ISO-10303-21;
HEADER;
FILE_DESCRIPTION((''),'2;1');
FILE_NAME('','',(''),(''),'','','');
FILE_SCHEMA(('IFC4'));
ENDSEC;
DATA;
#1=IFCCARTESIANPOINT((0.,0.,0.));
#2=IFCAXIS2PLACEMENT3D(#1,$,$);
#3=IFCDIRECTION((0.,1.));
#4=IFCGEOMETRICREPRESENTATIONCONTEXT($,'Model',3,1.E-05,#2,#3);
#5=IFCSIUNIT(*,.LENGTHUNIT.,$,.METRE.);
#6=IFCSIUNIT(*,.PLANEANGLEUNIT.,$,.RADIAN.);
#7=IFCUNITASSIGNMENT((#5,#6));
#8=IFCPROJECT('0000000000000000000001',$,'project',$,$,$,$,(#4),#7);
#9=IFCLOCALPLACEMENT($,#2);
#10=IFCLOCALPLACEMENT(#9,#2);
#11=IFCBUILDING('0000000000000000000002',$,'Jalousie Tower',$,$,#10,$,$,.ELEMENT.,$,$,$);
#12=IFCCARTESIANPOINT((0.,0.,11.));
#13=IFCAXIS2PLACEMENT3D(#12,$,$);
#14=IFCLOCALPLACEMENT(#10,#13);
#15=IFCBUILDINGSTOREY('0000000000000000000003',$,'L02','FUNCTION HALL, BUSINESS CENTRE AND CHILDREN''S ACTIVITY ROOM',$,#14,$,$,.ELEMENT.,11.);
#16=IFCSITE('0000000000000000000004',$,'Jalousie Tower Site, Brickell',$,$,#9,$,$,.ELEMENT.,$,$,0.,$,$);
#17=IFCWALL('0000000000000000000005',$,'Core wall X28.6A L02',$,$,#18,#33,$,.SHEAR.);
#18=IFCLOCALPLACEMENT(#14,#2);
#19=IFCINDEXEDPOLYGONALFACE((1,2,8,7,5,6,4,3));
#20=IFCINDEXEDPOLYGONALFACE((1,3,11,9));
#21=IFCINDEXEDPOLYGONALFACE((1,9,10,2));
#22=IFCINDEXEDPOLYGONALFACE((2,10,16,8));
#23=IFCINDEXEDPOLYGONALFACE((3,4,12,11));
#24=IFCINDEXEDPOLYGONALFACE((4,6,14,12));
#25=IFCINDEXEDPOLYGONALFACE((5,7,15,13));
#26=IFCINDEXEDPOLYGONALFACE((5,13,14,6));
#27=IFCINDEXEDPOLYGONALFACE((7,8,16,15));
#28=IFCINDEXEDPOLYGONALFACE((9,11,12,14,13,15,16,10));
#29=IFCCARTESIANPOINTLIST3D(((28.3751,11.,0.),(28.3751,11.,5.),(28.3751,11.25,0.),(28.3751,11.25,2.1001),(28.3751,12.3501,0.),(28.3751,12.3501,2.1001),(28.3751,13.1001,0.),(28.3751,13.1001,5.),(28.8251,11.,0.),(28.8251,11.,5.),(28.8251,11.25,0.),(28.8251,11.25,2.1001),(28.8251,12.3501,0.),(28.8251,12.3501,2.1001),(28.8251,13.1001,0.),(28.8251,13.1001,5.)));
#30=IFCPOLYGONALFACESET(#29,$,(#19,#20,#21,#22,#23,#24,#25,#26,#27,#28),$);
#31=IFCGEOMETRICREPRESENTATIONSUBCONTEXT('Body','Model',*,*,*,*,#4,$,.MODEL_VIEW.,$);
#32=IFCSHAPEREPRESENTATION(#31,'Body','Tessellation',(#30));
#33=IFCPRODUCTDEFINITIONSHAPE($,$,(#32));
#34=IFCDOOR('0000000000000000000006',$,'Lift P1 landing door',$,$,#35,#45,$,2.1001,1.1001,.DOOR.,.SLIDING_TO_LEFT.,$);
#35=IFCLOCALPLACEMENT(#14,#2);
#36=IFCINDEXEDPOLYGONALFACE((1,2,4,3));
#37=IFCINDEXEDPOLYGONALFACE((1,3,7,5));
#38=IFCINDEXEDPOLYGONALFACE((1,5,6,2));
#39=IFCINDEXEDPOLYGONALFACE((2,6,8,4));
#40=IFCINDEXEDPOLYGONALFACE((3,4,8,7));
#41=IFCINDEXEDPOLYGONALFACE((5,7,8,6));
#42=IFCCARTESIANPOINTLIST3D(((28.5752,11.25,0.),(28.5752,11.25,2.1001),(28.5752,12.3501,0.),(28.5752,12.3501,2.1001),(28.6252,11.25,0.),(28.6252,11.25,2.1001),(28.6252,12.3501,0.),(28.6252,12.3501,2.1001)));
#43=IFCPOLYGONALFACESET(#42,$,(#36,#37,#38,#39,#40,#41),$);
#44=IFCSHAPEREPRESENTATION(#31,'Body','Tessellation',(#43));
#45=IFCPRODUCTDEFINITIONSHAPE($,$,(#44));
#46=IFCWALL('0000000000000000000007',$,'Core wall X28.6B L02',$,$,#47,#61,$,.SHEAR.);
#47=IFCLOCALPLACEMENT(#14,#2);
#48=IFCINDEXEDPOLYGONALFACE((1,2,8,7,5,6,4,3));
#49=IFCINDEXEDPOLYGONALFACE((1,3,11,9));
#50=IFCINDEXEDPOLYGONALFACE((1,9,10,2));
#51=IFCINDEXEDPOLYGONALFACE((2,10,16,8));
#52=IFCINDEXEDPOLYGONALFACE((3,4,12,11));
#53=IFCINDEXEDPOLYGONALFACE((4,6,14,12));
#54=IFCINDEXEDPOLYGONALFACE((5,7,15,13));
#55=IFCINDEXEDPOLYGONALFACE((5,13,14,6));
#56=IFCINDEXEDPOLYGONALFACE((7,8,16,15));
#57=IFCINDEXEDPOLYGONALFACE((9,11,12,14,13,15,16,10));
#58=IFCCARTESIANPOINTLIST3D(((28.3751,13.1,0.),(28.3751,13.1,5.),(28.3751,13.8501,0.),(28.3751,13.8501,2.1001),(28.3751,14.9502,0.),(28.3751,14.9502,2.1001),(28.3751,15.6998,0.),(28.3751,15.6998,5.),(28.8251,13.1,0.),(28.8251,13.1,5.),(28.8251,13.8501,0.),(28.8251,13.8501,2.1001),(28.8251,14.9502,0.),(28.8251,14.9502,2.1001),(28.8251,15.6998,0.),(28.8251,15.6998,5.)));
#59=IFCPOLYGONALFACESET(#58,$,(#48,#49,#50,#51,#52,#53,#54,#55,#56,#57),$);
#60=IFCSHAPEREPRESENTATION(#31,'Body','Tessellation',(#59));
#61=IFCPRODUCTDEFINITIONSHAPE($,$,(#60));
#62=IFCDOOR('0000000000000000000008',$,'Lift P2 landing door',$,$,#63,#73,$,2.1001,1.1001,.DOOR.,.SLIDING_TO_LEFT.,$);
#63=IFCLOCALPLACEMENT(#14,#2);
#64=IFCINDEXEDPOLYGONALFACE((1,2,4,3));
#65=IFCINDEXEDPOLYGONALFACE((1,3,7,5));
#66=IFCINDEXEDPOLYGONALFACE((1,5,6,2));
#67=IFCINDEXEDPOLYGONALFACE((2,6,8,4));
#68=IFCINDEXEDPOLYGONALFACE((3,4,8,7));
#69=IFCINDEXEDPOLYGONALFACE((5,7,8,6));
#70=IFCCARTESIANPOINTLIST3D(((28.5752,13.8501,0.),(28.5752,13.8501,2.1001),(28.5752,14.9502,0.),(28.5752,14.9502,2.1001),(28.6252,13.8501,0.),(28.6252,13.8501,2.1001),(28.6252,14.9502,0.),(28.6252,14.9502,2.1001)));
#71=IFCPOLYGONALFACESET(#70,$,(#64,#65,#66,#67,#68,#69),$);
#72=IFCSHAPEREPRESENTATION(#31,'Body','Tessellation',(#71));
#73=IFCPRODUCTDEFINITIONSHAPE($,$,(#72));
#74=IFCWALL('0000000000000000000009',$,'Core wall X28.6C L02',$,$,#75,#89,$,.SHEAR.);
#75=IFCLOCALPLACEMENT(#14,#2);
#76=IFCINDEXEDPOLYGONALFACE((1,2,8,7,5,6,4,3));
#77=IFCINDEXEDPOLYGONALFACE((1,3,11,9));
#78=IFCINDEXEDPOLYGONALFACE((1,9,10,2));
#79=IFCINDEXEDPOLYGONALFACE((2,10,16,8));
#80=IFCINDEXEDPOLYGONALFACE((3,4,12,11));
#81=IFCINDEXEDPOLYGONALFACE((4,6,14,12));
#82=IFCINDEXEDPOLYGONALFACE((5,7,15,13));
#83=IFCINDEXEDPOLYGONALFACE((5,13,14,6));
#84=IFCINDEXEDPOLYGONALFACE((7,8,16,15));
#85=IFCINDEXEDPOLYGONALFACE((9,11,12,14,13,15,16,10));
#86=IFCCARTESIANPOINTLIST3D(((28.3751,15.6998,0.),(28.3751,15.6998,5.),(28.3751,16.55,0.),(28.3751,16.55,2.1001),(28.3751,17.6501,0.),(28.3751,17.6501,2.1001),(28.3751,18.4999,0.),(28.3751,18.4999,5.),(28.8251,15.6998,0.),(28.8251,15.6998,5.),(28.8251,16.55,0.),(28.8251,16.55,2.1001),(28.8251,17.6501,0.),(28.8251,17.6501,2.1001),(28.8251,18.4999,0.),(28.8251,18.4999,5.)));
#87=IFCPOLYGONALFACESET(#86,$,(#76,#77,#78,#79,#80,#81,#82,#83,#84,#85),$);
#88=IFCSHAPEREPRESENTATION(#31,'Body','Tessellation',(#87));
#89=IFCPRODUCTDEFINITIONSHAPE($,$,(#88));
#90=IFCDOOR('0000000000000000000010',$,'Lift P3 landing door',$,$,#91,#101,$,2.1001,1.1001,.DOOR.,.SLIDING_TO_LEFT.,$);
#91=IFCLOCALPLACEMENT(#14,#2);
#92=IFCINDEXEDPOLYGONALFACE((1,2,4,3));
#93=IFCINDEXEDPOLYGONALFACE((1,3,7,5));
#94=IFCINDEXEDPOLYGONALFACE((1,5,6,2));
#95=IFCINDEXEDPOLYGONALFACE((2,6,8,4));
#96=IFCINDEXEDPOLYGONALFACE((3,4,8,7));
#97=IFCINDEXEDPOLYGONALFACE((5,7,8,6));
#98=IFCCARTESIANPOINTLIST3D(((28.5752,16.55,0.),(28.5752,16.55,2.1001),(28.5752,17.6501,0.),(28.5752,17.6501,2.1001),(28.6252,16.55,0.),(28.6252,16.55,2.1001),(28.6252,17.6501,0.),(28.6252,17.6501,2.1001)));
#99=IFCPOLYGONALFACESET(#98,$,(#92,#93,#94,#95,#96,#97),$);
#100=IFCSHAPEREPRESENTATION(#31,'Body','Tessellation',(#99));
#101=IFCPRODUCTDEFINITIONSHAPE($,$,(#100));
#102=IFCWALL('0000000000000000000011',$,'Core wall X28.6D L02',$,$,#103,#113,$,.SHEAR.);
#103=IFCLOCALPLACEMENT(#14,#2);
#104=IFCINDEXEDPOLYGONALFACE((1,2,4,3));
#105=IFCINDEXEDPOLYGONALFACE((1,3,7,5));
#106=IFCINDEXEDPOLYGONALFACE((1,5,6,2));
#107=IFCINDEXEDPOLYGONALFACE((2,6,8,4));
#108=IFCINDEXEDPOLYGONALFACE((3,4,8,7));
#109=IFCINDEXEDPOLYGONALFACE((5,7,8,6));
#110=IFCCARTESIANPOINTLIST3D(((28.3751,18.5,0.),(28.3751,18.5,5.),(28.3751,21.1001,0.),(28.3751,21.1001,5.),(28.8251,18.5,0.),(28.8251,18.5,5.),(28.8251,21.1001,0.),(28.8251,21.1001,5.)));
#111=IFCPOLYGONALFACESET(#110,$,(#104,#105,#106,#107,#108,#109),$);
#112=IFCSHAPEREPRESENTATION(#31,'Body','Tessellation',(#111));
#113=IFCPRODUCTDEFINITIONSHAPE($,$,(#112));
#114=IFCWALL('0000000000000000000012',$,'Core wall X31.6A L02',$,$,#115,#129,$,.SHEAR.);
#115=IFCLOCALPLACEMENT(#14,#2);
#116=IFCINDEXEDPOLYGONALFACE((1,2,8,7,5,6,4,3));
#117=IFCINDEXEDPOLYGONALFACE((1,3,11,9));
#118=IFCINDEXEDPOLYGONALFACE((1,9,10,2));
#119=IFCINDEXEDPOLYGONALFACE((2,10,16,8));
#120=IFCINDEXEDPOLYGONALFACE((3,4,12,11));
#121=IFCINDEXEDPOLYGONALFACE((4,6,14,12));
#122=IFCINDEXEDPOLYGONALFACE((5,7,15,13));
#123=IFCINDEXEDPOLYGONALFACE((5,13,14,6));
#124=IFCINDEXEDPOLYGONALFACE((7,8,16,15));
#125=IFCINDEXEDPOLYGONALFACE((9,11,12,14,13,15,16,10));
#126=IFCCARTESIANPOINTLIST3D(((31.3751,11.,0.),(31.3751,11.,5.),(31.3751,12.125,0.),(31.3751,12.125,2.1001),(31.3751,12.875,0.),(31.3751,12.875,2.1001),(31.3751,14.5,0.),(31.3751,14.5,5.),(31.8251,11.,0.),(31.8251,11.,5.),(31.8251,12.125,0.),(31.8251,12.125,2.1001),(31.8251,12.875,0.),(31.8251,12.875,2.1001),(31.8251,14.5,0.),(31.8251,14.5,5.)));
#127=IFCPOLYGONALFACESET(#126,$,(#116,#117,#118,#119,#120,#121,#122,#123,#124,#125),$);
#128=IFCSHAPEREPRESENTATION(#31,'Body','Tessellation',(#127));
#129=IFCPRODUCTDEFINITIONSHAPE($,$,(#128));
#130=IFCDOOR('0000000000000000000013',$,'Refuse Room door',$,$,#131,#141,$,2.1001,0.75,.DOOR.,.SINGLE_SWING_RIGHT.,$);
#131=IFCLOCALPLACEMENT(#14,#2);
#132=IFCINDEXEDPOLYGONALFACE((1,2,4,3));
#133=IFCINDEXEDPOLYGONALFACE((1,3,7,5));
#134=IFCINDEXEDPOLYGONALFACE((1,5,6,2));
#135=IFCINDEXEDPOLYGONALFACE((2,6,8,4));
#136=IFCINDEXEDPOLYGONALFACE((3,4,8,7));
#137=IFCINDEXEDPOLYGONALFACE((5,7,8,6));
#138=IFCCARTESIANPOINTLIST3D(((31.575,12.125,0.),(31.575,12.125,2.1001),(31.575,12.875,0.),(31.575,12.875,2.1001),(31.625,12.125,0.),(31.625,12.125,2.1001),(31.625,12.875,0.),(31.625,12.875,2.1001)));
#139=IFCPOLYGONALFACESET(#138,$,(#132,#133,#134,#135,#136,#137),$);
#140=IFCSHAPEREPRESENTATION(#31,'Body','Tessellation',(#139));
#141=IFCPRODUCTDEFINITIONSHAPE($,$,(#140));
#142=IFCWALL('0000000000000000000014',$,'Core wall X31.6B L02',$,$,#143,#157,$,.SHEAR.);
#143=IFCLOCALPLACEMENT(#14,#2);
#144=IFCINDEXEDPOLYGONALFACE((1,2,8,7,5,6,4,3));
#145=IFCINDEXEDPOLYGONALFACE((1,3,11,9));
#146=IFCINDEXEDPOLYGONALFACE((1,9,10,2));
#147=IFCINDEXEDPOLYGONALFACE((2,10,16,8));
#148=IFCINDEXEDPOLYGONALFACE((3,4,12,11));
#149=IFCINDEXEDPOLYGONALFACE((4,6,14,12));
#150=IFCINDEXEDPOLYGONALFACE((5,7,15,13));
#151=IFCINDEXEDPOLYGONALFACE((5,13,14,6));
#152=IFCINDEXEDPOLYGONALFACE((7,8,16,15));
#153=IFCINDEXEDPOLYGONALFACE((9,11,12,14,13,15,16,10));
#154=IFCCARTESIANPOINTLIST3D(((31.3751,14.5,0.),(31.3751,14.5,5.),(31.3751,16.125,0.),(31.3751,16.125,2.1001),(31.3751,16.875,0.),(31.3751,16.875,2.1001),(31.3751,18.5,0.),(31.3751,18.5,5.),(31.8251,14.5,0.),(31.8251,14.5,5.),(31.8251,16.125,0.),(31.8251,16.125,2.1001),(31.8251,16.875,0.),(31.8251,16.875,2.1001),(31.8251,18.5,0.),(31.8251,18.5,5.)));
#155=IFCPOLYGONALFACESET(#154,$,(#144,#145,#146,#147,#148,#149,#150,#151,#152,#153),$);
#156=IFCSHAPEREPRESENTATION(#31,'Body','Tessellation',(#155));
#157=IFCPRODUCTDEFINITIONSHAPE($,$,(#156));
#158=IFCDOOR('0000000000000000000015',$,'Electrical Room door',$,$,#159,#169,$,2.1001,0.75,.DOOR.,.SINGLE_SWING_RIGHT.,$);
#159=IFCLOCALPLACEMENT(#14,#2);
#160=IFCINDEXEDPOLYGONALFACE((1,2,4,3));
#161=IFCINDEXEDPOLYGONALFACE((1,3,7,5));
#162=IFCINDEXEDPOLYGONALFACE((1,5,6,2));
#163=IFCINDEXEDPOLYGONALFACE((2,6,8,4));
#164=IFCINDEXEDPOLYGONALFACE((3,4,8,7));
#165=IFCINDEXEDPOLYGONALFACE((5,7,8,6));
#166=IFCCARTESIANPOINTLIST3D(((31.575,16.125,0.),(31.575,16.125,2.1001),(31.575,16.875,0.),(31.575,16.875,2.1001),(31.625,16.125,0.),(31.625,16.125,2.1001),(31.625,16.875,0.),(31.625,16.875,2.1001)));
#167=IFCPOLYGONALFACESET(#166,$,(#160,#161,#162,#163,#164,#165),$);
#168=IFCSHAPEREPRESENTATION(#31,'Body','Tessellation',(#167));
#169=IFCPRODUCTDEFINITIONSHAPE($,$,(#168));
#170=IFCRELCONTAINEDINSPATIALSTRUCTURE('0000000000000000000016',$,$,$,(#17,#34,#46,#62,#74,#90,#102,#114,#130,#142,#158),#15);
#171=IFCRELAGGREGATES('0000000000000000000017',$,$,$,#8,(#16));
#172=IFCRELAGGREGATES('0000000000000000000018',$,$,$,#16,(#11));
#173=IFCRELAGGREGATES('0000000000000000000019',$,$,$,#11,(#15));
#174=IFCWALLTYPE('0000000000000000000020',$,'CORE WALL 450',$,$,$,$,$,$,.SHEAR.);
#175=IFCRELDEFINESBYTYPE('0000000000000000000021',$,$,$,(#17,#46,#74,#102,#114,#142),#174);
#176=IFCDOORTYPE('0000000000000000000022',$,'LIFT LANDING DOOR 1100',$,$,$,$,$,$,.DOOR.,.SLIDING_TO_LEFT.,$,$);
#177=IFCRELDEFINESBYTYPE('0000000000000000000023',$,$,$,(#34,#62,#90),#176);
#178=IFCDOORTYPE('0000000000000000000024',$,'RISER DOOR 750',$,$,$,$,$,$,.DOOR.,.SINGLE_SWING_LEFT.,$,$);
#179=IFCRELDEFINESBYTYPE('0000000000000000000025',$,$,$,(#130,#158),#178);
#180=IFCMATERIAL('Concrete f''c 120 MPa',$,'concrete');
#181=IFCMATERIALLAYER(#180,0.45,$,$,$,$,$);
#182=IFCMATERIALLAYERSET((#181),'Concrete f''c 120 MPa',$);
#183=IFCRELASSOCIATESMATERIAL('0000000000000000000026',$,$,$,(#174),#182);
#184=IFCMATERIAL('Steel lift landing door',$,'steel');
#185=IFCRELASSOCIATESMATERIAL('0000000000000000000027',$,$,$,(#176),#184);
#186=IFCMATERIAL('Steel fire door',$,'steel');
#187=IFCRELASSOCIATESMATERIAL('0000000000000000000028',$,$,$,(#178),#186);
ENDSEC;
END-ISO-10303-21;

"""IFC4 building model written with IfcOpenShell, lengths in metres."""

from ifc_helpers import new_model, si_unit, direction, frame, frame_2d, origin, place, context, subcontext, project, spatial, rectangle, extrude, material, layer, layer_set, type_object, element, fill, save


model = new_model("IFC4")

# Units and contexts
model_context = context("Model", 3, precision=1e-05, world=origin(), true_north=direction((0.0, 1.0)))
body_context = subcontext(model_context, "Body", "Model", "MODEL_VIEW")
ifc_project = project(units=[si_unit("LENGTHUNIT", "METRE"), si_unit("PLANEANGLEUNIT", "RADIAN")], contexts=[model_context])

# Site, building, storey
site_placement = place(None, origin())
site = spatial("IfcSite", under=ifc_project, at=site_placement, Name="Jalousie Tower Site, Brickell", CompositionType="ELEMENT", RefElevation=0.0)
building_placement = place(site_placement, origin())
building = spatial("IfcBuilding", under=site, at=building_placement, Name="Jalousie Tower", CompositionType="ELEMENT")
storey_placement = place(building_placement, frame((0.0, 0.0, 11.0)))
storey = spatial("IfcBuildingStorey", under=building, at=storey_placement, Name="L02", Description="FUNCTION HALL, BUSINESS CENTRE AND CHILDREN'S ACTIVITY ROOM", CompositionType="ELEMENT", Elevation=11.0)

# Walls, openings, doors
ifc_material_1 = material(Name="Concrete f'c 120 MPa", Category="concrete")
ifc_layer = layer(ifc_material_1, 0.45)
ifc_layer_set = layer_set([ifc_layer], Name="Concrete f'c 120 MPa")
wall_type = type_object("IfcWallType", Name="CORE WALL 450", PredefinedType="SHEAR", material=ifc_layer_set)
wall_1_placement = place(storey_placement, frame((28.6001, 11.0, 0.0), z_axis=(0.0, 0.0, 1.0), x_axis=(0.0, 1.0, 0.0)))
wall_1 = element("IfcWall", 1, at=wall_1_placement, inside=storey, type_object=wall_type, Name="Core wall X28.6A L02", PredefinedType="SHEAR", context=body_context, shape_type="SweptSolid", body=[
    extrude(rectangle(XDim=2.1001, YDim=0.45, at=frame_2d((1.05, 0.0))), origin(), (0.0, 0.0, 1.0), 5.0),
])
opening_1_placement = place(wall_1_placement, frame((0.25, 0.0, 0.0)))
opening_1 = element("IfcOpeningElement", 2, at=opening_1_placement, cuts=wall_1, PredefinedType="OPENING", context=body_context, shape_type="SweptSolid", body=[
    extrude(rectangle(XDim=1.1001, YDim=2.1001, at=frame_2d((0.55, 1.05))), frame((0.0, 0.2349, 0.0), z_axis=(0.0, -1.0, 0.0), x_axis=(1.0, 0.0, 0.0)), (0.0, 0.0, 1.0), 0.47),
])
ifc_material_2 = material(Name="Steel lift landing door", Category="steel")
door_type_1 = type_object("IfcDoorType", Name="LIFT LANDING DOOR 1100", OperationType="SLIDING_TO_LEFT", PredefinedType="DOOR", material=ifc_material_2)
door_1_placement = place(opening_1_placement, origin())
door_1 = element("IfcDoor", 3, at=door_1_placement, inside=storey, type_object=door_type_1, Name="Lift P1 landing door", OperationType="SLIDING_TO_LEFT", OverallHeight=2.1001, OverallWidth=1.1001, PredefinedType="DOOR", context=body_context, shape_type="SweptSolid", body=[
    extrude(rectangle(XDim=1.1001, YDim=2.1001, at=frame_2d((0.55, 1.05))), frame((0.0, 0.0249, 0.0), z_axis=(0.0, -1.0, 0.0), x_axis=(1.0, 0.0, 0.0)), (0.0, 0.0, 1.0), 0.05),
])
fill(opening_1, door_1)
wall_2_placement = place(storey_placement, frame((28.6001, 13.1001, 0.0), z_axis=(0.0, 0.0, 1.0), x_axis=(0.0, 1.0, 0.0)))
wall_2 = element("IfcWall", 4, at=wall_2_placement, inside=storey, type_object=wall_type, Name="Core wall X28.6B L02", PredefinedType="SHEAR", context=body_context, shape_type="SweptSolid", body=[
    extrude(rectangle(XDim=2.5999, YDim=0.45, at=frame_2d((1.2998, 0.0))), origin(), (0.0, 0.0, 1.0), 5.0),
])
opening_2_placement = place(wall_2_placement, frame((0.75, 0.0, 0.0)))
opening_2 = element("IfcOpeningElement", 5, at=opening_2_placement, cuts=wall_2, PredefinedType="OPENING", context=body_context, shape_type="SweptSolid", body=[
    extrude(rectangle(XDim=1.1001, YDim=2.1001, at=frame_2d((0.55, 1.05))), frame((0.0, 0.2349, 0.0), z_axis=(0.0, -1.0, 0.0), x_axis=(1.0, 0.0, 0.0)), (0.0, 0.0, 1.0), 0.47),
])
door_2_placement = place(opening_2_placement, origin())
door_2 = element("IfcDoor", 6, at=door_2_placement, inside=storey, type_object=door_type_1, Name="Lift P2 landing door", OperationType="SLIDING_TO_LEFT", OverallHeight=2.1001, OverallWidth=1.1001, PredefinedType="DOOR", context=body_context, shape_type="SweptSolid", body=[
    extrude(rectangle(XDim=1.1001, YDim=2.1001, at=frame_2d((0.55, 1.05))), frame((0.0, 0.0249, 0.0), z_axis=(0.0, -1.0, 0.0), x_axis=(1.0, 0.0, 0.0)), (0.0, 0.0, 1.0), 0.05),
])
fill(opening_2, door_2)
wall_3_placement = place(storey_placement, frame((28.6001, 15.7, 0.0), z_axis=(0.0, 0.0, 1.0), x_axis=(0.0, 1.0, 0.0)))
wall_3 = element("IfcWall", 7, at=wall_3_placement, inside=storey, type_object=wall_type, Name="Core wall X28.6C L02", PredefinedType="SHEAR", context=body_context, shape_type="SweptSolid", body=[
    extrude(rectangle(XDim=2.8, YDim=0.45, at=frame_2d((1.3999, 0.0))), origin(), (0.0, 0.0, 1.0), 5.0),
])
opening_3_placement = place(wall_3_placement, frame((0.8501, 0.0, 0.0)))
opening_3 = element("IfcOpeningElement", 8, at=opening_3_placement, cuts=wall_3, PredefinedType="OPENING", context=body_context, shape_type="SweptSolid", body=[
    extrude(rectangle(XDim=1.1001, YDim=2.1001, at=frame_2d((0.55, 1.05))), frame((0.0, 0.2349, 0.0), z_axis=(0.0, -1.0, 0.0), x_axis=(1.0, 0.0, 0.0)), (0.0, 0.0, 1.0), 0.47),
])
door_3_placement = place(opening_3_placement, origin())
door_3 = element("IfcDoor", 9, at=door_3_placement, inside=storey, type_object=door_type_1, Name="Lift P3 landing door", OperationType="SLIDING_TO_LEFT", OverallHeight=2.1001, OverallWidth=1.1001, PredefinedType="DOOR", context=body_context, shape_type="SweptSolid", body=[
    extrude(rectangle(XDim=1.1001, YDim=2.1001, at=frame_2d((0.55, 1.05))), frame((0.0, 0.0249, 0.0), z_axis=(0.0, -1.0, 0.0), x_axis=(1.0, 0.0, 0.0)), (0.0, 0.0, 1.0), 0.05),
])
fill(opening_3, door_3)

# Wall
wall_4_placement = place(storey_placement, frame((28.6001, 18.5, 0.0), z_axis=(0.0, 0.0, 1.0), x_axis=(0.0, 1.0, 0.0)))
element("IfcWall", 10, at=wall_4_placement, inside=storey, type_object=wall_type, Name="Core wall X28.6D L02", PredefinedType="SHEAR", context=body_context, shape_type="SweptSolid", body=[
    extrude(rectangle(XDim=2.6001, YDim=0.45, at=frame_2d((1.3, 0.0))), origin(), (0.0, 0.0, 1.0), 5.0),
])

# Walls, openings, doors
wall_5_placement = place(storey_placement, frame((31.6001, 11.0, 0.0), z_axis=(0.0, 0.0, 1.0), x_axis=(0.0, 1.0, 0.0)))
wall_5 = element("IfcWall", 11, at=wall_5_placement, inside=storey, type_object=wall_type, Name="Core wall X31.6A L02", PredefinedType="SHEAR", context=body_context, shape_type="SweptSolid", body=[
    extrude(rectangle(XDim=3.5, YDim=0.45, at=frame_2d((1.75, 0.0))), origin(), (0.0, 0.0, 1.0), 5.0),
])
opening_4_placement = place(wall_5_placement, frame((1.125, 0.0, 0.0)))
opening_4 = element("IfcOpeningElement", 12, at=opening_4_placement, cuts=wall_5, PredefinedType="OPENING", context=body_context, shape_type="SweptSolid", body=[
    extrude(rectangle(XDim=0.75, YDim=2.1001, at=frame_2d((0.375, 1.05))), frame((0.0, 0.2349, 0.0), z_axis=(0.0, -1.0, 0.0), x_axis=(1.0, 0.0, 0.0)), (0.0, 0.0, 1.0), 0.47),
])
ifc_material_3 = material(Name="Steel fire door", Category="steel")
door_type_2 = type_object("IfcDoorType", Name="RISER DOOR 750", OperationType="SINGLE_SWING_LEFT", PredefinedType="DOOR", material=ifc_material_3)
door_4_placement = place(opening_4_placement, frame((0.75, 0.0, 0.0), z_axis=(0.0, 0.0, 1.0), x_axis=(-1.0, 0.0, 0.0)))
door_4 = element("IfcDoor", 13, at=door_4_placement, inside=storey, type_object=door_type_2, Name="Refuse Room door", OperationType="SINGLE_SWING_RIGHT", OverallHeight=2.1001, OverallWidth=0.75, PredefinedType="DOOR", context=body_context, shape_type="SweptSolid", body=[
    extrude(rectangle(XDim=0.75, YDim=2.1001, at=frame_2d((0.375, 1.05))), frame((0.0, 0.0249, 0.0), z_axis=(0.0, -1.0, 0.0), x_axis=(1.0, 0.0, 0.0)), (0.0, 0.0, 1.0), 0.05),
])
fill(opening_4, door_4)
wall_6_placement = place(storey_placement, frame((31.6001, 14.5, 0.0), z_axis=(0.0, 0.0, 1.0), x_axis=(0.0, 1.0, 0.0)))
wall_6 = element("IfcWall", 14, at=wall_6_placement, inside=storey, type_object=wall_type, Name="Core wall X31.6B L02", PredefinedType="SHEAR", context=body_context, shape_type="SweptSolid", body=[
    extrude(rectangle(XDim=4.0, YDim=0.45, at=frame_2d((2.0, 0.0))), origin(), (0.0, 0.0, 1.0), 5.0),
])
opening_5_placement = place(wall_6_placement, frame((1.625, 0.0, 0.0)))
opening_5 = element("IfcOpeningElement", 15, at=opening_5_placement, cuts=wall_6, PredefinedType="OPENING", context=body_context, shape_type="SweptSolid", body=[
    extrude(rectangle(XDim=0.75, YDim=2.1001, at=frame_2d((0.375, 1.05))), frame((0.0, 0.2349, 0.0), z_axis=(0.0, -1.0, 0.0), x_axis=(1.0, 0.0, 0.0)), (0.0, 0.0, 1.0), 0.47),
])
door_5_placement = place(opening_5_placement, frame((0.75, 0.0, 0.0), z_axis=(0.0, 0.0, 1.0), x_axis=(-1.0, 0.0, 0.0)))
door_5 = element("IfcDoor", 16, at=door_5_placement, inside=storey, type_object=door_type_2, Name="Electrical Room door", OperationType="SINGLE_SWING_RIGHT", OverallHeight=2.1001, OverallWidth=0.75, PredefinedType="DOOR", context=body_context, shape_type="SweptSolid", body=[
    extrude(rectangle(XDim=0.75, YDim=2.1001, at=frame_2d((0.375, 1.05))), frame((0.0, 0.0249, 0.0), z_axis=(0.0, -1.0, 0.0), x_axis=(1.0, 0.0, 0.0)), (0.0, 0.0, 1.0), 0.05),
])
fill(opening_5, door_5)

save(model, "model.ifc")
